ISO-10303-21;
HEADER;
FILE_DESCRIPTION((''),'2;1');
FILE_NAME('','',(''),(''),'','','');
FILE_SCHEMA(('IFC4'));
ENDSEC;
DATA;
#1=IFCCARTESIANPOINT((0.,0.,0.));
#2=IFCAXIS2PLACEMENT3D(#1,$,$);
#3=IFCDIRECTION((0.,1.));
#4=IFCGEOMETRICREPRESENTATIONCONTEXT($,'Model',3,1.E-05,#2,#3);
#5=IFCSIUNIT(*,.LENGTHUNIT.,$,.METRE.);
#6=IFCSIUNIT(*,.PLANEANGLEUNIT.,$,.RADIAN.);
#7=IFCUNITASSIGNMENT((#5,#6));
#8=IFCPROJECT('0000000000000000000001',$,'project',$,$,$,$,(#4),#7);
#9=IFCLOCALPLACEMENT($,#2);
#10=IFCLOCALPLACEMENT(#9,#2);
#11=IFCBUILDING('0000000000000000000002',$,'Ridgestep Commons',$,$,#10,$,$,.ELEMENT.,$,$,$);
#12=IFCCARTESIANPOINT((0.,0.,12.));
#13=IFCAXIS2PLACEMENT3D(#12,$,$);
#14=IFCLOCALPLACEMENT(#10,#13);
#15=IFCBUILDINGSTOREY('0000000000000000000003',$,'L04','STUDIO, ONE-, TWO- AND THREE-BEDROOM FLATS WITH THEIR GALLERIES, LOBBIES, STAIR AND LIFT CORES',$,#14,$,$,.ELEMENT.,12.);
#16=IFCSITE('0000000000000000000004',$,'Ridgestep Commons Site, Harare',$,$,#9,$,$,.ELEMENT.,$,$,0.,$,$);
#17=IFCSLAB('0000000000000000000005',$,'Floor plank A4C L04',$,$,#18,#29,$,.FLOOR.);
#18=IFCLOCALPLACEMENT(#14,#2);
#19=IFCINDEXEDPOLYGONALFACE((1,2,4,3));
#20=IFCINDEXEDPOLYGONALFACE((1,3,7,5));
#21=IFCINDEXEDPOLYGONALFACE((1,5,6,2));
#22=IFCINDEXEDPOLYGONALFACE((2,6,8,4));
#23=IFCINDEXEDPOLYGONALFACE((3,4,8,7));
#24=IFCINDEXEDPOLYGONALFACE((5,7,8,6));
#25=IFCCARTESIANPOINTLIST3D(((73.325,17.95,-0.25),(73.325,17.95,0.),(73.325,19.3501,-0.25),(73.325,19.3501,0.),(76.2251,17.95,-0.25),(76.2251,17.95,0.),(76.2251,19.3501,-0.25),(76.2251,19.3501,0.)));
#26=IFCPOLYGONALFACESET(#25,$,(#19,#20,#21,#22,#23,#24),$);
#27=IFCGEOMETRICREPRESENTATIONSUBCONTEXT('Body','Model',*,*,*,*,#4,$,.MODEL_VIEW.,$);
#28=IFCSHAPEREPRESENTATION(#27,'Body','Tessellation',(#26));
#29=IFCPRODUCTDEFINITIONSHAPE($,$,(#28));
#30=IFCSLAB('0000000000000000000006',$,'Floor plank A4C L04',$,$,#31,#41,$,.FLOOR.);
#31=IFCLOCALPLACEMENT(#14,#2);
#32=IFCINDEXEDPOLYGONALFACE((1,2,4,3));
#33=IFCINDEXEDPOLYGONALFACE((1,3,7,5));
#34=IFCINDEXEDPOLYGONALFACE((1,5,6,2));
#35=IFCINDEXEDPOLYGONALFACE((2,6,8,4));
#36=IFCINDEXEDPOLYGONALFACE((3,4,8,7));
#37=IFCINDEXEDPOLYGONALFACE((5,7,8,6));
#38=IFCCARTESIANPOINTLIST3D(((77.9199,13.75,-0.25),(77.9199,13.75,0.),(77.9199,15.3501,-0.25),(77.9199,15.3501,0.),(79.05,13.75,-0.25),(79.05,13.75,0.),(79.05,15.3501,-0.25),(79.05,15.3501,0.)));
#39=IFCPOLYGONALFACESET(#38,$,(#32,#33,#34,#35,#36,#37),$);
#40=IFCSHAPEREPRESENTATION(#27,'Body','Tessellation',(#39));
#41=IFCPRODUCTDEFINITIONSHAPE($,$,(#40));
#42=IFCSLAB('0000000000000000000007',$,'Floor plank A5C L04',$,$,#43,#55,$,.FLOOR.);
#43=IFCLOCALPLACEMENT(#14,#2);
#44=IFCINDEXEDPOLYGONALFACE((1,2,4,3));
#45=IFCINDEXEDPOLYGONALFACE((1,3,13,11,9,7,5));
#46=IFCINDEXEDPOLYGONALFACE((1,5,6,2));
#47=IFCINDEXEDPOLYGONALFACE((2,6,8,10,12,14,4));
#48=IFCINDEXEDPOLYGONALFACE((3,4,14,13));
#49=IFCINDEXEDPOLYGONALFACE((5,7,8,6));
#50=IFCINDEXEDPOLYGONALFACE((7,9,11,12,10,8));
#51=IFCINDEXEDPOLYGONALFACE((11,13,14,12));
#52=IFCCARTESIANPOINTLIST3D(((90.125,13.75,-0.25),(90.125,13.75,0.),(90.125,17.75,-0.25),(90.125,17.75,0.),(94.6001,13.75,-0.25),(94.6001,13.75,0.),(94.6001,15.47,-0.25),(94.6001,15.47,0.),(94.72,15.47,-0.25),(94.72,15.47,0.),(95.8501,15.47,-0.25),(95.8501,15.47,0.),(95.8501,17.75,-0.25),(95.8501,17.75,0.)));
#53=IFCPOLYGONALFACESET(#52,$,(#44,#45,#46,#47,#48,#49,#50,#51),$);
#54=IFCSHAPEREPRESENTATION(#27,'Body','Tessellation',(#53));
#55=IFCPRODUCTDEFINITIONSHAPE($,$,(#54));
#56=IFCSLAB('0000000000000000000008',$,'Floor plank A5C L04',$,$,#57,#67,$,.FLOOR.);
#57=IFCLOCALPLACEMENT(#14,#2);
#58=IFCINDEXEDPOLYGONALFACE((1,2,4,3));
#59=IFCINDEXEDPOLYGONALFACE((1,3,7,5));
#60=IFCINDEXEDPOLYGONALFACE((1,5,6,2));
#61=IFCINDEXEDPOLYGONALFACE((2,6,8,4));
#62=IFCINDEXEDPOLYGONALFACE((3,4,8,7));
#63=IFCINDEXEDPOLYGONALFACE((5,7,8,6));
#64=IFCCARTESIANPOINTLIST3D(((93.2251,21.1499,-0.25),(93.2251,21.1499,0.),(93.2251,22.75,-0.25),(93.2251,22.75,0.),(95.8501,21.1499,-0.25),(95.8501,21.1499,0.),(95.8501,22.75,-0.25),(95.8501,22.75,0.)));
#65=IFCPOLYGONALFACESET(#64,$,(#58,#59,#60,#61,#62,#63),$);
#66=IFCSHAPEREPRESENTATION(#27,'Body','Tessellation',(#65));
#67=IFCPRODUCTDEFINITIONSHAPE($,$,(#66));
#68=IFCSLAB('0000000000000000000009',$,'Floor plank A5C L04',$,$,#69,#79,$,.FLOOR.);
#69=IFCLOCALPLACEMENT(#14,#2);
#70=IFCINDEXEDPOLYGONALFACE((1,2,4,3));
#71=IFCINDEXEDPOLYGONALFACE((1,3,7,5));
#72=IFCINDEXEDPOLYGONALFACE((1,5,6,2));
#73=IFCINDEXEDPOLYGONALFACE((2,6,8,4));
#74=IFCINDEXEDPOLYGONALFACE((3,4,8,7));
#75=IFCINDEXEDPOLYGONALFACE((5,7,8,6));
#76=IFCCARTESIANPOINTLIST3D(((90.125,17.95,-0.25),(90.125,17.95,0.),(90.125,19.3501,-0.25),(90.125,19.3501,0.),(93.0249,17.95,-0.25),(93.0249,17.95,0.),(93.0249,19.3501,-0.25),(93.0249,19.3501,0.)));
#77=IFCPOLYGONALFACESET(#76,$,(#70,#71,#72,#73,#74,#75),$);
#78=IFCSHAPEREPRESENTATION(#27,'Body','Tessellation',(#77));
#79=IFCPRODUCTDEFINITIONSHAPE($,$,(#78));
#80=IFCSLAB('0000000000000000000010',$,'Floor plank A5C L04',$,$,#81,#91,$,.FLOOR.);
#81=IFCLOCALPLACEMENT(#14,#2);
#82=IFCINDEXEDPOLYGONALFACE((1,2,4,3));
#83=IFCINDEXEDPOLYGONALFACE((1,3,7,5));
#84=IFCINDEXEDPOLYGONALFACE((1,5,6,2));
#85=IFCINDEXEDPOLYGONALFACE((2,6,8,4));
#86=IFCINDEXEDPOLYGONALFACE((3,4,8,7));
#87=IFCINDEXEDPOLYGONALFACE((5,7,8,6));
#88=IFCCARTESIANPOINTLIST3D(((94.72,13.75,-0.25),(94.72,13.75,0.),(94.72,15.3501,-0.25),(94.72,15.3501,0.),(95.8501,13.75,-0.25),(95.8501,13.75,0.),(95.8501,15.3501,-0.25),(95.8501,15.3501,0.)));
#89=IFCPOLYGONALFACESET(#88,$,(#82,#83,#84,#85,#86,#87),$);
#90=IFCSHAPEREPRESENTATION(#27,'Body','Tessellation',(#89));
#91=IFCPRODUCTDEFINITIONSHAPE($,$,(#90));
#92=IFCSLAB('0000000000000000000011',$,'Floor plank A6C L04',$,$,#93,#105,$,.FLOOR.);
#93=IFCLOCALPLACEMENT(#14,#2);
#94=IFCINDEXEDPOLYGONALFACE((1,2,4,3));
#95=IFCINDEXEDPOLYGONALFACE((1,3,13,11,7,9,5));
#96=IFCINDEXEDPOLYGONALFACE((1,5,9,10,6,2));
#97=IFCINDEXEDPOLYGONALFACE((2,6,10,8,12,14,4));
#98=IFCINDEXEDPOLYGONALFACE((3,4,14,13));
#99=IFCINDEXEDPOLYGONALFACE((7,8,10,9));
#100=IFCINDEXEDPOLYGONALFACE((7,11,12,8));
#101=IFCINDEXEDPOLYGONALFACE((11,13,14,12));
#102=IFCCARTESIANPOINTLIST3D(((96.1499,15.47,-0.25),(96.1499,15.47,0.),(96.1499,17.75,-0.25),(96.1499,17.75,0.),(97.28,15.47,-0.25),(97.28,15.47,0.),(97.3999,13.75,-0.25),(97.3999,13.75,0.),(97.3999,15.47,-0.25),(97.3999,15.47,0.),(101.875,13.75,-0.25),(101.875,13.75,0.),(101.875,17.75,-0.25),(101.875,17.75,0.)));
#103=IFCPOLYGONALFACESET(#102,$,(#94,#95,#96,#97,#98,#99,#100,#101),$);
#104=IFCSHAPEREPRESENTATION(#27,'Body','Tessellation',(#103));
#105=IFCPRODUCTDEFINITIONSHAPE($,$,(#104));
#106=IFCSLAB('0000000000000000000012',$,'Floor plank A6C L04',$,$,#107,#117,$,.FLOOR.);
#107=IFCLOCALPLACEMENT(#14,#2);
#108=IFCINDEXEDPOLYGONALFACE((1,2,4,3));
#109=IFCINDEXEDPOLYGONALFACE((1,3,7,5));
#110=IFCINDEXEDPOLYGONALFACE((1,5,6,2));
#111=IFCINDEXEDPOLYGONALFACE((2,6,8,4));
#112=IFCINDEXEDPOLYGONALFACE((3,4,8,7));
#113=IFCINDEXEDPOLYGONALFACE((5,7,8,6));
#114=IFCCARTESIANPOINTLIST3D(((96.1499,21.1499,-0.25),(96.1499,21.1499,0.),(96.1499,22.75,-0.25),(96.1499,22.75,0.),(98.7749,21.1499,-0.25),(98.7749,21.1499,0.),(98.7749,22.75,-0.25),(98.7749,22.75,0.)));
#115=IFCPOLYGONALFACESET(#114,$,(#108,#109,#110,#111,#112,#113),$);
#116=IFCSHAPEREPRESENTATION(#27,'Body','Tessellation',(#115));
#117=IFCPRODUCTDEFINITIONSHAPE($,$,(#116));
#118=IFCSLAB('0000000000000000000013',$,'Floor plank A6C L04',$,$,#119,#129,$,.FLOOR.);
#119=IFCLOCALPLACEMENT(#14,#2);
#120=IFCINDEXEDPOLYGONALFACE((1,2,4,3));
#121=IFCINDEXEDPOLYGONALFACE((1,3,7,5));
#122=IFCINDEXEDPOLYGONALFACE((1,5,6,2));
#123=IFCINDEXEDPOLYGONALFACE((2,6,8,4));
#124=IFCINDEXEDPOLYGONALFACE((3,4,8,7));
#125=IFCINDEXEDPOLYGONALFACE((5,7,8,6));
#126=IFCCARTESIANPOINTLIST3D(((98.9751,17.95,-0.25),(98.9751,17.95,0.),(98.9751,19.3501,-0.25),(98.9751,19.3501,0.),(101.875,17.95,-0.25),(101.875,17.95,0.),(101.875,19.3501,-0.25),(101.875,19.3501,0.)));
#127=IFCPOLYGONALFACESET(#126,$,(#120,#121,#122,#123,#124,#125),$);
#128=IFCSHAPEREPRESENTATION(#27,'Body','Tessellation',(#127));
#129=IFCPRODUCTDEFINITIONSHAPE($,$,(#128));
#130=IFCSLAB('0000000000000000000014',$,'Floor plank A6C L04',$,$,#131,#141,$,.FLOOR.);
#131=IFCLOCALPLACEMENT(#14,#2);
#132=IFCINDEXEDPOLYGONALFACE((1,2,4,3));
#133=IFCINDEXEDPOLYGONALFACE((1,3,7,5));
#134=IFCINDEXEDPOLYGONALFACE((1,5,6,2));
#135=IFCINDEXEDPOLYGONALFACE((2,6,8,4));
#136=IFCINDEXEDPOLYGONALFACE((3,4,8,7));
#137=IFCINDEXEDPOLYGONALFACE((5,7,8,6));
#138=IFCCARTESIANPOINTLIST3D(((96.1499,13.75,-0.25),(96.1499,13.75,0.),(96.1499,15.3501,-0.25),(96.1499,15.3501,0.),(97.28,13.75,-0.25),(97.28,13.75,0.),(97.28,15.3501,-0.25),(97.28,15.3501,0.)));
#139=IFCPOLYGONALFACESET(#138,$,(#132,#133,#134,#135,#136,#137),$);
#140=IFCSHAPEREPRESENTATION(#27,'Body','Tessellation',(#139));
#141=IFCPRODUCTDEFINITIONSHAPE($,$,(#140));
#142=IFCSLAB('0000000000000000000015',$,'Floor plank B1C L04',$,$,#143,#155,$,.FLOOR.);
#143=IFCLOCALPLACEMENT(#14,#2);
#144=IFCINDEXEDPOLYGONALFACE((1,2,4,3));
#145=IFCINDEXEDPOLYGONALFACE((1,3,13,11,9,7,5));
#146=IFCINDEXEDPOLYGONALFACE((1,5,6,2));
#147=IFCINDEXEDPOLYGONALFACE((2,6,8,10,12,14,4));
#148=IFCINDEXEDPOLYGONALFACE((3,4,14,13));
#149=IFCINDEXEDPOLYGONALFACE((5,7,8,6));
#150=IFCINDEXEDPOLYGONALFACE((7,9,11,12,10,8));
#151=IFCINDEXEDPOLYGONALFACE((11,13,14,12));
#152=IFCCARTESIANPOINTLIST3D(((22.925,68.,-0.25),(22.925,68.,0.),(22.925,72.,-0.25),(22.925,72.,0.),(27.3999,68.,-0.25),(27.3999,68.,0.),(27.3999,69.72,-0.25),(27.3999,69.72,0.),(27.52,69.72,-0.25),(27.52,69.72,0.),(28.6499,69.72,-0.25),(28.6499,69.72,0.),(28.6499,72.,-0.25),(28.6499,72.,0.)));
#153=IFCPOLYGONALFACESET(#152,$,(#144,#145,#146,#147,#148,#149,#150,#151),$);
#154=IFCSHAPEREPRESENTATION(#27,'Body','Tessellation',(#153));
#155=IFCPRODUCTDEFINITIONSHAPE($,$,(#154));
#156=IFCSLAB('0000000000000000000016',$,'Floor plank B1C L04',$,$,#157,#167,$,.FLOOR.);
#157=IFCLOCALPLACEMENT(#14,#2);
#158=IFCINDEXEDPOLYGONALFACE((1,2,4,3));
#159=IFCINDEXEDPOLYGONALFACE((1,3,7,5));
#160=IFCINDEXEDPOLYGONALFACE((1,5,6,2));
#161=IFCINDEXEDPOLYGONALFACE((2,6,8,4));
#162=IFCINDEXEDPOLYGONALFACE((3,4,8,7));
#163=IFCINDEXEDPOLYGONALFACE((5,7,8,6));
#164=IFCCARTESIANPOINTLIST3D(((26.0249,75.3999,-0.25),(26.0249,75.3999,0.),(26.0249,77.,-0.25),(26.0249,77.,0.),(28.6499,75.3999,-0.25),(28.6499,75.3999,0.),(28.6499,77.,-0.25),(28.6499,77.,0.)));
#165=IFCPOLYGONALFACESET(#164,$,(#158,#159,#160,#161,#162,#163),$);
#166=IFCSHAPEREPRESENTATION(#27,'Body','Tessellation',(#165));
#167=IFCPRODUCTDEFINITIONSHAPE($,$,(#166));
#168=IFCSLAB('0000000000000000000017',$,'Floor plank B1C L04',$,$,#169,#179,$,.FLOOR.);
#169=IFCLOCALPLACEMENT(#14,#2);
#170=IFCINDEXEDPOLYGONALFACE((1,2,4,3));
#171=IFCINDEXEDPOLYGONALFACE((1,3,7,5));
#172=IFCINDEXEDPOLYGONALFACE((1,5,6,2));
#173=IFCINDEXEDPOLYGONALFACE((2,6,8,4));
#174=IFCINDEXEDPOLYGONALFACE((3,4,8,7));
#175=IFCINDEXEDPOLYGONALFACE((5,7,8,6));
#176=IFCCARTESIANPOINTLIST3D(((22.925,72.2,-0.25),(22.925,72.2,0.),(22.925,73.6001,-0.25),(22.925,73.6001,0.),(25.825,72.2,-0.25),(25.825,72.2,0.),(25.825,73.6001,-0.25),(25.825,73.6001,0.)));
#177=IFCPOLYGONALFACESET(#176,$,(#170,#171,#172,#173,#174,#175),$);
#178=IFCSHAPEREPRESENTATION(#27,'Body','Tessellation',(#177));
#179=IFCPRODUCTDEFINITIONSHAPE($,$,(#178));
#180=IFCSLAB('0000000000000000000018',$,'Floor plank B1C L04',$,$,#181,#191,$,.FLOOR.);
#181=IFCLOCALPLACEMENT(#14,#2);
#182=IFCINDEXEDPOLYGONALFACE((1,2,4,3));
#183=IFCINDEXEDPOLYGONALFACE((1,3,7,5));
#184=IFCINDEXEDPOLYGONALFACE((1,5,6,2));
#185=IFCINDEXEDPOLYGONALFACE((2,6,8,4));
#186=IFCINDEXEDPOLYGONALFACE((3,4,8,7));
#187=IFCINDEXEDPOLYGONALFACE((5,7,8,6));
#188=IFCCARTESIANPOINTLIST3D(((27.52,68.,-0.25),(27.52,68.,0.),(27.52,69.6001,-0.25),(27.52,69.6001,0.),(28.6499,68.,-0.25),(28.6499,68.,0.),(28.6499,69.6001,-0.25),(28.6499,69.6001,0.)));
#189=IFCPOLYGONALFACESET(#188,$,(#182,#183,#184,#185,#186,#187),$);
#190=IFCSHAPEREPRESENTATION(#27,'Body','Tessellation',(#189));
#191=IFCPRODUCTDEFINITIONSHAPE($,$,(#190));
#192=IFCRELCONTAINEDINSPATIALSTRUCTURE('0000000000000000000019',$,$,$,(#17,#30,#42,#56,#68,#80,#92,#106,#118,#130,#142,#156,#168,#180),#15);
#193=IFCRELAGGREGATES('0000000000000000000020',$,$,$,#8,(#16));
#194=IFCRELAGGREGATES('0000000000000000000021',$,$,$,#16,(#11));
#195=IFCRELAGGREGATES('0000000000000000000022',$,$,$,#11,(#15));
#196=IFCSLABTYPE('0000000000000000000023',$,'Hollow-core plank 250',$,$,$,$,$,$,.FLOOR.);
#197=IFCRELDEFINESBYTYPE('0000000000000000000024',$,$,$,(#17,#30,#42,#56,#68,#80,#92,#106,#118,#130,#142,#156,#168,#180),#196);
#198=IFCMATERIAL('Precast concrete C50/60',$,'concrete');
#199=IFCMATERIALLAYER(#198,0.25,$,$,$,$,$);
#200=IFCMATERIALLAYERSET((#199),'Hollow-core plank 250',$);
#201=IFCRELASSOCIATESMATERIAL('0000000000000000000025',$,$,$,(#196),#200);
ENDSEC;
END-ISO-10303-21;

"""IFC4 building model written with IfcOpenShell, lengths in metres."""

from ifc_helpers import new_model, si_unit, direction, frame, origin, place, context, subcontext, project, spatial, polyline, outline, extrude, material, layer, layer_set, type_object, element, save


model = new_model("IFC4")

# Units and contexts
model_context = context("Model", 3, precision=1e-05, world=origin(), true_north=direction((0.0, 1.0)))
body_context = subcontext(model_context, "Body", "Model", "MODEL_VIEW")
ifc_project = project(units=[si_unit("LENGTHUNIT", "METRE"), si_unit("PLANEANGLEUNIT", "RADIAN")], contexts=[model_context])

# Site, building, storey
site_placement = place(None, origin())
site = spatial("IfcSite", under=ifc_project, at=site_placement, Name="Ridgestep Commons Site, Harare", CompositionType="ELEMENT", RefElevation=0.0)
building_placement = place(site_placement, origin())
building = spatial("IfcBuilding", under=site, at=building_placement, Name="Ridgestep Commons", CompositionType="ELEMENT")
storey_placement = place(building_placement, frame((0.0, 0.0, 12.0)))
storey = spatial("IfcBuildingStorey", under=building, at=storey_placement, Name="L04", Description="STUDIO, ONE-, TWO- AND THREE-BEDROOM FLATS WITH THEIR GALLERIES, LOBBIES, STAIR AND LIFT CORES", CompositionType="ELEMENT", Elevation=12.0)

# Slabs
ifc_material = material(Name="Precast concrete C50/60", Category="concrete")
ifc_layer = layer(ifc_material, 0.25)
ifc_layer_set = layer_set([ifc_layer], Name="Hollow-core plank 250")
slab_type = type_object("IfcSlabType", Name="Hollow-core plank 250", PredefinedType="FLOOR", material=ifc_layer_set)
slab_1_placement = place(storey_placement, frame((0.0, 0.0, -0.25)))
element("IfcSlab", 1, at=slab_1_placement, inside=storey, type_object=slab_type, Name="Floor plank A4C L04", PredefinedType="FLOOR", context=body_context, shape_type="SweptSolid", body=[
    extrude(outline(polyline([(76.2251, 17.95), (76.2251, 19.3501), (73.325, 19.3501), (73.325, 17.95), (76.2251, 17.95)])), origin(), (0.0, 0.0, 1.0), 0.25),
])
slab_2_placement = place(storey_placement, frame((0.0, 0.0, -0.25)))
element("IfcSlab", 2, at=slab_2_placement, inside=storey, type_object=slab_type, Name="Floor plank A4C L04", PredefinedType="FLOOR", context=body_context, shape_type="SweptSolid", body=[
    extrude(outline(polyline([(77.9199, 13.75), (79.05, 13.75), (79.05, 15.3501), (77.9199, 15.3501), (77.9199, 13.75)])), origin(), (0.0, 0.0, 1.0), 0.25),
])
slab_3_placement = place(storey_placement, frame((0.0, 0.0, -0.25)))
element("IfcSlab", 3, at=slab_3_placement, inside=storey, type_object=slab_type, Name="Floor plank A5C L04", PredefinedType="FLOOR", context=body_context, shape_type="SweptSolid", body=[
    extrude(outline(polyline([(94.72, 15.47), (95.8501, 15.47), (95.8501, 17.75), (90.125, 17.75), (90.125, 13.75), (94.6001, 13.75), (94.6001, 15.47), (94.72, 15.47)])), origin(), (0.0, 0.0, 1.0), 0.25),
])
slab_4_placement = place(storey_placement, frame((0.0, 0.0, -0.25)))
element("IfcSlab", 4, at=slab_4_placement, inside=storey, type_object=slab_type, Name="Floor plank A5C L04", PredefinedType="FLOOR", context=body_context, shape_type="SweptSolid", body=[
    extrude(outline(polyline([(95.8501, 21.1499), (95.8501, 22.75), (93.2251, 22.75), (93.2251, 21.1499), (95.8501, 21.1499)])), origin(), (0.0, 0.0, 1.0), 0.25),
])
slab_5_placement = place(storey_placement, frame((0.0, 0.0, -0.25)))
element("IfcSlab", 5, at=slab_5_placement, inside=storey, type_object=slab_type, Name="Floor plank A5C L04", PredefinedType="FLOOR", context=body_context, shape_type="SweptSolid", body=[
    extrude(outline(polyline([(93.0249, 17.95), (93.0249, 19.3501), (90.125, 19.3501), (90.125, 17.95), (93.0249, 17.95)])), origin(), (0.0, 0.0, 1.0), 0.25),
])
slab_6_placement = place(storey_placement, frame((0.0, 0.0, -0.25)))
element("IfcSlab", 6, at=slab_6_placement, inside=storey, type_object=slab_type, Name="Floor plank A5C L04", PredefinedType="FLOOR", context=body_context, shape_type="SweptSolid", body=[
    extrude(outline(polyline([(94.72, 13.75), (95.8501, 13.75), (95.8501, 15.3501), (94.72, 15.3501), (94.72, 13.75)])), origin(), (0.0, 0.0, 1.0), 0.25),
])
slab_7_placement = place(storey_placement, frame((0.0, 0.0, -0.25)))
element("IfcSlab", 7, at=slab_7_placement, inside=storey, type_object=slab_type, Name="Floor plank A6C L04", PredefinedType="FLOOR", context=body_context, shape_type="SweptSolid", body=[
    extrude(outline(polyline([(97.3999, 13.75), (101.875, 13.75), (101.875, 17.75), (96.1499, 17.75), (96.1499, 15.47), (97.28, 15.47), (97.3999, 15.47), (97.3999, 13.75)])), origin(), (0.0, 0.0, 1.0), 0.25),
])
slab_8_placement = place(storey_placement, frame((0.0, 0.0, -0.25)))
element("IfcSlab", 8, at=slab_8_placement, inside=storey, type_object=slab_type, Name="Floor plank A6C L04", PredefinedType="FLOOR", context=body_context, shape_type="SweptSolid", body=[
    extrude(outline(polyline([(98.7749, 22.75), (96.1499, 22.75), (96.1499, 21.1499), (98.7749, 21.1499), (98.7749, 22.75)])), origin(), (0.0, 0.0, 1.0), 0.25),
])
slab_9_placement = place(storey_placement, frame((0.0, 0.0, -0.25)))
element("IfcSlab", 9, at=slab_9_placement, inside=storey, type_object=slab_type, Name="Floor plank A6C L04", PredefinedType="FLOOR", context=body_context, shape_type="SweptSolid", body=[
    extrude(outline(polyline([(101.875, 17.95), (101.875, 19.3501), (98.9751, 19.3501), (98.9751, 17.95), (101.875, 17.95)])), origin(), (0.0, 0.0, 1.0), 0.25),
])
slab_10_placement = place(storey_placement, frame((0.0, 0.0, -0.25)))
element("IfcSlab", 10, at=slab_10_placement, inside=storey, type_object=slab_type, Name="Floor plank A6C L04", PredefinedType="FLOOR", context=body_context, shape_type="SweptSolid", body=[
    extrude(outline(polyline([(97.28, 15.3501), (96.1499, 15.3501), (96.1499, 13.75), (97.28, 13.75), (97.28, 15.3501)])), origin(), (0.0, 0.0, 1.0), 0.25),
])
slab_11_placement = place(storey_placement, frame((0.0, 0.0, -0.25)))
element("IfcSlab", 11, at=slab_11_placement, inside=storey, type_object=slab_type, Name="Floor plank B1C L04", PredefinedType="FLOOR", context=body_context, shape_type="SweptSolid", body=[
    extrude(outline(polyline([(27.52, 69.72), (28.6499, 69.72), (28.6499, 72.0), (22.925, 72.0), (22.925, 68.0), (27.3999, 68.0), (27.3999, 69.72), (27.52, 69.72)])), origin(), (0.0, 0.0, 1.0), 0.25),
])
slab_12_placement = place(storey_placement, frame((0.0, 0.0, -0.25)))
element("IfcSlab", 12, at=slab_12_placement, inside=storey, type_object=slab_type, Name="Floor plank B1C L04", PredefinedType="FLOOR", context=body_context, shape_type="SweptSolid", body=[
    extrude(outline(polyline([(28.6499, 75.3999), (28.6499, 77.0), (26.0249, 77.0), (26.0249, 75.3999), (28.6499, 75.3999)])), origin(), (0.0, 0.0, 1.0), 0.25),
])
slab_13_placement = place(storey_placement, frame((0.0, 0.0, -0.25)))
element("IfcSlab", 13, at=slab_13_placement, inside=storey, type_object=slab_type, Name="Floor plank B1C L04", PredefinedType="FLOOR", context=body_context, shape_type="SweptSolid", body=[
    extrude(outline(polyline([(25.825, 72.2), (25.825, 73.6001), (22.925, 73.6001), (22.925, 72.2), (25.825, 72.2)])), origin(), (0.0, 0.0, 1.0), 0.25),
])
slab_14_placement = place(storey_placement, frame((0.0, 0.0, -0.25)))
element("IfcSlab", 14, at=slab_14_placement, inside=storey, type_object=slab_type, Name="Floor plank B1C L04", PredefinedType="FLOOR", context=body_context, shape_type="SweptSolid", body=[
    extrude(outline(polyline([(27.52, 68.0), (28.6499, 68.0), (28.6499, 69.6001), (27.52, 69.6001), (27.52, 68.0)])), origin(), (0.0, 0.0, 1.0), 0.25),
])

save(model, "model.ifc")
